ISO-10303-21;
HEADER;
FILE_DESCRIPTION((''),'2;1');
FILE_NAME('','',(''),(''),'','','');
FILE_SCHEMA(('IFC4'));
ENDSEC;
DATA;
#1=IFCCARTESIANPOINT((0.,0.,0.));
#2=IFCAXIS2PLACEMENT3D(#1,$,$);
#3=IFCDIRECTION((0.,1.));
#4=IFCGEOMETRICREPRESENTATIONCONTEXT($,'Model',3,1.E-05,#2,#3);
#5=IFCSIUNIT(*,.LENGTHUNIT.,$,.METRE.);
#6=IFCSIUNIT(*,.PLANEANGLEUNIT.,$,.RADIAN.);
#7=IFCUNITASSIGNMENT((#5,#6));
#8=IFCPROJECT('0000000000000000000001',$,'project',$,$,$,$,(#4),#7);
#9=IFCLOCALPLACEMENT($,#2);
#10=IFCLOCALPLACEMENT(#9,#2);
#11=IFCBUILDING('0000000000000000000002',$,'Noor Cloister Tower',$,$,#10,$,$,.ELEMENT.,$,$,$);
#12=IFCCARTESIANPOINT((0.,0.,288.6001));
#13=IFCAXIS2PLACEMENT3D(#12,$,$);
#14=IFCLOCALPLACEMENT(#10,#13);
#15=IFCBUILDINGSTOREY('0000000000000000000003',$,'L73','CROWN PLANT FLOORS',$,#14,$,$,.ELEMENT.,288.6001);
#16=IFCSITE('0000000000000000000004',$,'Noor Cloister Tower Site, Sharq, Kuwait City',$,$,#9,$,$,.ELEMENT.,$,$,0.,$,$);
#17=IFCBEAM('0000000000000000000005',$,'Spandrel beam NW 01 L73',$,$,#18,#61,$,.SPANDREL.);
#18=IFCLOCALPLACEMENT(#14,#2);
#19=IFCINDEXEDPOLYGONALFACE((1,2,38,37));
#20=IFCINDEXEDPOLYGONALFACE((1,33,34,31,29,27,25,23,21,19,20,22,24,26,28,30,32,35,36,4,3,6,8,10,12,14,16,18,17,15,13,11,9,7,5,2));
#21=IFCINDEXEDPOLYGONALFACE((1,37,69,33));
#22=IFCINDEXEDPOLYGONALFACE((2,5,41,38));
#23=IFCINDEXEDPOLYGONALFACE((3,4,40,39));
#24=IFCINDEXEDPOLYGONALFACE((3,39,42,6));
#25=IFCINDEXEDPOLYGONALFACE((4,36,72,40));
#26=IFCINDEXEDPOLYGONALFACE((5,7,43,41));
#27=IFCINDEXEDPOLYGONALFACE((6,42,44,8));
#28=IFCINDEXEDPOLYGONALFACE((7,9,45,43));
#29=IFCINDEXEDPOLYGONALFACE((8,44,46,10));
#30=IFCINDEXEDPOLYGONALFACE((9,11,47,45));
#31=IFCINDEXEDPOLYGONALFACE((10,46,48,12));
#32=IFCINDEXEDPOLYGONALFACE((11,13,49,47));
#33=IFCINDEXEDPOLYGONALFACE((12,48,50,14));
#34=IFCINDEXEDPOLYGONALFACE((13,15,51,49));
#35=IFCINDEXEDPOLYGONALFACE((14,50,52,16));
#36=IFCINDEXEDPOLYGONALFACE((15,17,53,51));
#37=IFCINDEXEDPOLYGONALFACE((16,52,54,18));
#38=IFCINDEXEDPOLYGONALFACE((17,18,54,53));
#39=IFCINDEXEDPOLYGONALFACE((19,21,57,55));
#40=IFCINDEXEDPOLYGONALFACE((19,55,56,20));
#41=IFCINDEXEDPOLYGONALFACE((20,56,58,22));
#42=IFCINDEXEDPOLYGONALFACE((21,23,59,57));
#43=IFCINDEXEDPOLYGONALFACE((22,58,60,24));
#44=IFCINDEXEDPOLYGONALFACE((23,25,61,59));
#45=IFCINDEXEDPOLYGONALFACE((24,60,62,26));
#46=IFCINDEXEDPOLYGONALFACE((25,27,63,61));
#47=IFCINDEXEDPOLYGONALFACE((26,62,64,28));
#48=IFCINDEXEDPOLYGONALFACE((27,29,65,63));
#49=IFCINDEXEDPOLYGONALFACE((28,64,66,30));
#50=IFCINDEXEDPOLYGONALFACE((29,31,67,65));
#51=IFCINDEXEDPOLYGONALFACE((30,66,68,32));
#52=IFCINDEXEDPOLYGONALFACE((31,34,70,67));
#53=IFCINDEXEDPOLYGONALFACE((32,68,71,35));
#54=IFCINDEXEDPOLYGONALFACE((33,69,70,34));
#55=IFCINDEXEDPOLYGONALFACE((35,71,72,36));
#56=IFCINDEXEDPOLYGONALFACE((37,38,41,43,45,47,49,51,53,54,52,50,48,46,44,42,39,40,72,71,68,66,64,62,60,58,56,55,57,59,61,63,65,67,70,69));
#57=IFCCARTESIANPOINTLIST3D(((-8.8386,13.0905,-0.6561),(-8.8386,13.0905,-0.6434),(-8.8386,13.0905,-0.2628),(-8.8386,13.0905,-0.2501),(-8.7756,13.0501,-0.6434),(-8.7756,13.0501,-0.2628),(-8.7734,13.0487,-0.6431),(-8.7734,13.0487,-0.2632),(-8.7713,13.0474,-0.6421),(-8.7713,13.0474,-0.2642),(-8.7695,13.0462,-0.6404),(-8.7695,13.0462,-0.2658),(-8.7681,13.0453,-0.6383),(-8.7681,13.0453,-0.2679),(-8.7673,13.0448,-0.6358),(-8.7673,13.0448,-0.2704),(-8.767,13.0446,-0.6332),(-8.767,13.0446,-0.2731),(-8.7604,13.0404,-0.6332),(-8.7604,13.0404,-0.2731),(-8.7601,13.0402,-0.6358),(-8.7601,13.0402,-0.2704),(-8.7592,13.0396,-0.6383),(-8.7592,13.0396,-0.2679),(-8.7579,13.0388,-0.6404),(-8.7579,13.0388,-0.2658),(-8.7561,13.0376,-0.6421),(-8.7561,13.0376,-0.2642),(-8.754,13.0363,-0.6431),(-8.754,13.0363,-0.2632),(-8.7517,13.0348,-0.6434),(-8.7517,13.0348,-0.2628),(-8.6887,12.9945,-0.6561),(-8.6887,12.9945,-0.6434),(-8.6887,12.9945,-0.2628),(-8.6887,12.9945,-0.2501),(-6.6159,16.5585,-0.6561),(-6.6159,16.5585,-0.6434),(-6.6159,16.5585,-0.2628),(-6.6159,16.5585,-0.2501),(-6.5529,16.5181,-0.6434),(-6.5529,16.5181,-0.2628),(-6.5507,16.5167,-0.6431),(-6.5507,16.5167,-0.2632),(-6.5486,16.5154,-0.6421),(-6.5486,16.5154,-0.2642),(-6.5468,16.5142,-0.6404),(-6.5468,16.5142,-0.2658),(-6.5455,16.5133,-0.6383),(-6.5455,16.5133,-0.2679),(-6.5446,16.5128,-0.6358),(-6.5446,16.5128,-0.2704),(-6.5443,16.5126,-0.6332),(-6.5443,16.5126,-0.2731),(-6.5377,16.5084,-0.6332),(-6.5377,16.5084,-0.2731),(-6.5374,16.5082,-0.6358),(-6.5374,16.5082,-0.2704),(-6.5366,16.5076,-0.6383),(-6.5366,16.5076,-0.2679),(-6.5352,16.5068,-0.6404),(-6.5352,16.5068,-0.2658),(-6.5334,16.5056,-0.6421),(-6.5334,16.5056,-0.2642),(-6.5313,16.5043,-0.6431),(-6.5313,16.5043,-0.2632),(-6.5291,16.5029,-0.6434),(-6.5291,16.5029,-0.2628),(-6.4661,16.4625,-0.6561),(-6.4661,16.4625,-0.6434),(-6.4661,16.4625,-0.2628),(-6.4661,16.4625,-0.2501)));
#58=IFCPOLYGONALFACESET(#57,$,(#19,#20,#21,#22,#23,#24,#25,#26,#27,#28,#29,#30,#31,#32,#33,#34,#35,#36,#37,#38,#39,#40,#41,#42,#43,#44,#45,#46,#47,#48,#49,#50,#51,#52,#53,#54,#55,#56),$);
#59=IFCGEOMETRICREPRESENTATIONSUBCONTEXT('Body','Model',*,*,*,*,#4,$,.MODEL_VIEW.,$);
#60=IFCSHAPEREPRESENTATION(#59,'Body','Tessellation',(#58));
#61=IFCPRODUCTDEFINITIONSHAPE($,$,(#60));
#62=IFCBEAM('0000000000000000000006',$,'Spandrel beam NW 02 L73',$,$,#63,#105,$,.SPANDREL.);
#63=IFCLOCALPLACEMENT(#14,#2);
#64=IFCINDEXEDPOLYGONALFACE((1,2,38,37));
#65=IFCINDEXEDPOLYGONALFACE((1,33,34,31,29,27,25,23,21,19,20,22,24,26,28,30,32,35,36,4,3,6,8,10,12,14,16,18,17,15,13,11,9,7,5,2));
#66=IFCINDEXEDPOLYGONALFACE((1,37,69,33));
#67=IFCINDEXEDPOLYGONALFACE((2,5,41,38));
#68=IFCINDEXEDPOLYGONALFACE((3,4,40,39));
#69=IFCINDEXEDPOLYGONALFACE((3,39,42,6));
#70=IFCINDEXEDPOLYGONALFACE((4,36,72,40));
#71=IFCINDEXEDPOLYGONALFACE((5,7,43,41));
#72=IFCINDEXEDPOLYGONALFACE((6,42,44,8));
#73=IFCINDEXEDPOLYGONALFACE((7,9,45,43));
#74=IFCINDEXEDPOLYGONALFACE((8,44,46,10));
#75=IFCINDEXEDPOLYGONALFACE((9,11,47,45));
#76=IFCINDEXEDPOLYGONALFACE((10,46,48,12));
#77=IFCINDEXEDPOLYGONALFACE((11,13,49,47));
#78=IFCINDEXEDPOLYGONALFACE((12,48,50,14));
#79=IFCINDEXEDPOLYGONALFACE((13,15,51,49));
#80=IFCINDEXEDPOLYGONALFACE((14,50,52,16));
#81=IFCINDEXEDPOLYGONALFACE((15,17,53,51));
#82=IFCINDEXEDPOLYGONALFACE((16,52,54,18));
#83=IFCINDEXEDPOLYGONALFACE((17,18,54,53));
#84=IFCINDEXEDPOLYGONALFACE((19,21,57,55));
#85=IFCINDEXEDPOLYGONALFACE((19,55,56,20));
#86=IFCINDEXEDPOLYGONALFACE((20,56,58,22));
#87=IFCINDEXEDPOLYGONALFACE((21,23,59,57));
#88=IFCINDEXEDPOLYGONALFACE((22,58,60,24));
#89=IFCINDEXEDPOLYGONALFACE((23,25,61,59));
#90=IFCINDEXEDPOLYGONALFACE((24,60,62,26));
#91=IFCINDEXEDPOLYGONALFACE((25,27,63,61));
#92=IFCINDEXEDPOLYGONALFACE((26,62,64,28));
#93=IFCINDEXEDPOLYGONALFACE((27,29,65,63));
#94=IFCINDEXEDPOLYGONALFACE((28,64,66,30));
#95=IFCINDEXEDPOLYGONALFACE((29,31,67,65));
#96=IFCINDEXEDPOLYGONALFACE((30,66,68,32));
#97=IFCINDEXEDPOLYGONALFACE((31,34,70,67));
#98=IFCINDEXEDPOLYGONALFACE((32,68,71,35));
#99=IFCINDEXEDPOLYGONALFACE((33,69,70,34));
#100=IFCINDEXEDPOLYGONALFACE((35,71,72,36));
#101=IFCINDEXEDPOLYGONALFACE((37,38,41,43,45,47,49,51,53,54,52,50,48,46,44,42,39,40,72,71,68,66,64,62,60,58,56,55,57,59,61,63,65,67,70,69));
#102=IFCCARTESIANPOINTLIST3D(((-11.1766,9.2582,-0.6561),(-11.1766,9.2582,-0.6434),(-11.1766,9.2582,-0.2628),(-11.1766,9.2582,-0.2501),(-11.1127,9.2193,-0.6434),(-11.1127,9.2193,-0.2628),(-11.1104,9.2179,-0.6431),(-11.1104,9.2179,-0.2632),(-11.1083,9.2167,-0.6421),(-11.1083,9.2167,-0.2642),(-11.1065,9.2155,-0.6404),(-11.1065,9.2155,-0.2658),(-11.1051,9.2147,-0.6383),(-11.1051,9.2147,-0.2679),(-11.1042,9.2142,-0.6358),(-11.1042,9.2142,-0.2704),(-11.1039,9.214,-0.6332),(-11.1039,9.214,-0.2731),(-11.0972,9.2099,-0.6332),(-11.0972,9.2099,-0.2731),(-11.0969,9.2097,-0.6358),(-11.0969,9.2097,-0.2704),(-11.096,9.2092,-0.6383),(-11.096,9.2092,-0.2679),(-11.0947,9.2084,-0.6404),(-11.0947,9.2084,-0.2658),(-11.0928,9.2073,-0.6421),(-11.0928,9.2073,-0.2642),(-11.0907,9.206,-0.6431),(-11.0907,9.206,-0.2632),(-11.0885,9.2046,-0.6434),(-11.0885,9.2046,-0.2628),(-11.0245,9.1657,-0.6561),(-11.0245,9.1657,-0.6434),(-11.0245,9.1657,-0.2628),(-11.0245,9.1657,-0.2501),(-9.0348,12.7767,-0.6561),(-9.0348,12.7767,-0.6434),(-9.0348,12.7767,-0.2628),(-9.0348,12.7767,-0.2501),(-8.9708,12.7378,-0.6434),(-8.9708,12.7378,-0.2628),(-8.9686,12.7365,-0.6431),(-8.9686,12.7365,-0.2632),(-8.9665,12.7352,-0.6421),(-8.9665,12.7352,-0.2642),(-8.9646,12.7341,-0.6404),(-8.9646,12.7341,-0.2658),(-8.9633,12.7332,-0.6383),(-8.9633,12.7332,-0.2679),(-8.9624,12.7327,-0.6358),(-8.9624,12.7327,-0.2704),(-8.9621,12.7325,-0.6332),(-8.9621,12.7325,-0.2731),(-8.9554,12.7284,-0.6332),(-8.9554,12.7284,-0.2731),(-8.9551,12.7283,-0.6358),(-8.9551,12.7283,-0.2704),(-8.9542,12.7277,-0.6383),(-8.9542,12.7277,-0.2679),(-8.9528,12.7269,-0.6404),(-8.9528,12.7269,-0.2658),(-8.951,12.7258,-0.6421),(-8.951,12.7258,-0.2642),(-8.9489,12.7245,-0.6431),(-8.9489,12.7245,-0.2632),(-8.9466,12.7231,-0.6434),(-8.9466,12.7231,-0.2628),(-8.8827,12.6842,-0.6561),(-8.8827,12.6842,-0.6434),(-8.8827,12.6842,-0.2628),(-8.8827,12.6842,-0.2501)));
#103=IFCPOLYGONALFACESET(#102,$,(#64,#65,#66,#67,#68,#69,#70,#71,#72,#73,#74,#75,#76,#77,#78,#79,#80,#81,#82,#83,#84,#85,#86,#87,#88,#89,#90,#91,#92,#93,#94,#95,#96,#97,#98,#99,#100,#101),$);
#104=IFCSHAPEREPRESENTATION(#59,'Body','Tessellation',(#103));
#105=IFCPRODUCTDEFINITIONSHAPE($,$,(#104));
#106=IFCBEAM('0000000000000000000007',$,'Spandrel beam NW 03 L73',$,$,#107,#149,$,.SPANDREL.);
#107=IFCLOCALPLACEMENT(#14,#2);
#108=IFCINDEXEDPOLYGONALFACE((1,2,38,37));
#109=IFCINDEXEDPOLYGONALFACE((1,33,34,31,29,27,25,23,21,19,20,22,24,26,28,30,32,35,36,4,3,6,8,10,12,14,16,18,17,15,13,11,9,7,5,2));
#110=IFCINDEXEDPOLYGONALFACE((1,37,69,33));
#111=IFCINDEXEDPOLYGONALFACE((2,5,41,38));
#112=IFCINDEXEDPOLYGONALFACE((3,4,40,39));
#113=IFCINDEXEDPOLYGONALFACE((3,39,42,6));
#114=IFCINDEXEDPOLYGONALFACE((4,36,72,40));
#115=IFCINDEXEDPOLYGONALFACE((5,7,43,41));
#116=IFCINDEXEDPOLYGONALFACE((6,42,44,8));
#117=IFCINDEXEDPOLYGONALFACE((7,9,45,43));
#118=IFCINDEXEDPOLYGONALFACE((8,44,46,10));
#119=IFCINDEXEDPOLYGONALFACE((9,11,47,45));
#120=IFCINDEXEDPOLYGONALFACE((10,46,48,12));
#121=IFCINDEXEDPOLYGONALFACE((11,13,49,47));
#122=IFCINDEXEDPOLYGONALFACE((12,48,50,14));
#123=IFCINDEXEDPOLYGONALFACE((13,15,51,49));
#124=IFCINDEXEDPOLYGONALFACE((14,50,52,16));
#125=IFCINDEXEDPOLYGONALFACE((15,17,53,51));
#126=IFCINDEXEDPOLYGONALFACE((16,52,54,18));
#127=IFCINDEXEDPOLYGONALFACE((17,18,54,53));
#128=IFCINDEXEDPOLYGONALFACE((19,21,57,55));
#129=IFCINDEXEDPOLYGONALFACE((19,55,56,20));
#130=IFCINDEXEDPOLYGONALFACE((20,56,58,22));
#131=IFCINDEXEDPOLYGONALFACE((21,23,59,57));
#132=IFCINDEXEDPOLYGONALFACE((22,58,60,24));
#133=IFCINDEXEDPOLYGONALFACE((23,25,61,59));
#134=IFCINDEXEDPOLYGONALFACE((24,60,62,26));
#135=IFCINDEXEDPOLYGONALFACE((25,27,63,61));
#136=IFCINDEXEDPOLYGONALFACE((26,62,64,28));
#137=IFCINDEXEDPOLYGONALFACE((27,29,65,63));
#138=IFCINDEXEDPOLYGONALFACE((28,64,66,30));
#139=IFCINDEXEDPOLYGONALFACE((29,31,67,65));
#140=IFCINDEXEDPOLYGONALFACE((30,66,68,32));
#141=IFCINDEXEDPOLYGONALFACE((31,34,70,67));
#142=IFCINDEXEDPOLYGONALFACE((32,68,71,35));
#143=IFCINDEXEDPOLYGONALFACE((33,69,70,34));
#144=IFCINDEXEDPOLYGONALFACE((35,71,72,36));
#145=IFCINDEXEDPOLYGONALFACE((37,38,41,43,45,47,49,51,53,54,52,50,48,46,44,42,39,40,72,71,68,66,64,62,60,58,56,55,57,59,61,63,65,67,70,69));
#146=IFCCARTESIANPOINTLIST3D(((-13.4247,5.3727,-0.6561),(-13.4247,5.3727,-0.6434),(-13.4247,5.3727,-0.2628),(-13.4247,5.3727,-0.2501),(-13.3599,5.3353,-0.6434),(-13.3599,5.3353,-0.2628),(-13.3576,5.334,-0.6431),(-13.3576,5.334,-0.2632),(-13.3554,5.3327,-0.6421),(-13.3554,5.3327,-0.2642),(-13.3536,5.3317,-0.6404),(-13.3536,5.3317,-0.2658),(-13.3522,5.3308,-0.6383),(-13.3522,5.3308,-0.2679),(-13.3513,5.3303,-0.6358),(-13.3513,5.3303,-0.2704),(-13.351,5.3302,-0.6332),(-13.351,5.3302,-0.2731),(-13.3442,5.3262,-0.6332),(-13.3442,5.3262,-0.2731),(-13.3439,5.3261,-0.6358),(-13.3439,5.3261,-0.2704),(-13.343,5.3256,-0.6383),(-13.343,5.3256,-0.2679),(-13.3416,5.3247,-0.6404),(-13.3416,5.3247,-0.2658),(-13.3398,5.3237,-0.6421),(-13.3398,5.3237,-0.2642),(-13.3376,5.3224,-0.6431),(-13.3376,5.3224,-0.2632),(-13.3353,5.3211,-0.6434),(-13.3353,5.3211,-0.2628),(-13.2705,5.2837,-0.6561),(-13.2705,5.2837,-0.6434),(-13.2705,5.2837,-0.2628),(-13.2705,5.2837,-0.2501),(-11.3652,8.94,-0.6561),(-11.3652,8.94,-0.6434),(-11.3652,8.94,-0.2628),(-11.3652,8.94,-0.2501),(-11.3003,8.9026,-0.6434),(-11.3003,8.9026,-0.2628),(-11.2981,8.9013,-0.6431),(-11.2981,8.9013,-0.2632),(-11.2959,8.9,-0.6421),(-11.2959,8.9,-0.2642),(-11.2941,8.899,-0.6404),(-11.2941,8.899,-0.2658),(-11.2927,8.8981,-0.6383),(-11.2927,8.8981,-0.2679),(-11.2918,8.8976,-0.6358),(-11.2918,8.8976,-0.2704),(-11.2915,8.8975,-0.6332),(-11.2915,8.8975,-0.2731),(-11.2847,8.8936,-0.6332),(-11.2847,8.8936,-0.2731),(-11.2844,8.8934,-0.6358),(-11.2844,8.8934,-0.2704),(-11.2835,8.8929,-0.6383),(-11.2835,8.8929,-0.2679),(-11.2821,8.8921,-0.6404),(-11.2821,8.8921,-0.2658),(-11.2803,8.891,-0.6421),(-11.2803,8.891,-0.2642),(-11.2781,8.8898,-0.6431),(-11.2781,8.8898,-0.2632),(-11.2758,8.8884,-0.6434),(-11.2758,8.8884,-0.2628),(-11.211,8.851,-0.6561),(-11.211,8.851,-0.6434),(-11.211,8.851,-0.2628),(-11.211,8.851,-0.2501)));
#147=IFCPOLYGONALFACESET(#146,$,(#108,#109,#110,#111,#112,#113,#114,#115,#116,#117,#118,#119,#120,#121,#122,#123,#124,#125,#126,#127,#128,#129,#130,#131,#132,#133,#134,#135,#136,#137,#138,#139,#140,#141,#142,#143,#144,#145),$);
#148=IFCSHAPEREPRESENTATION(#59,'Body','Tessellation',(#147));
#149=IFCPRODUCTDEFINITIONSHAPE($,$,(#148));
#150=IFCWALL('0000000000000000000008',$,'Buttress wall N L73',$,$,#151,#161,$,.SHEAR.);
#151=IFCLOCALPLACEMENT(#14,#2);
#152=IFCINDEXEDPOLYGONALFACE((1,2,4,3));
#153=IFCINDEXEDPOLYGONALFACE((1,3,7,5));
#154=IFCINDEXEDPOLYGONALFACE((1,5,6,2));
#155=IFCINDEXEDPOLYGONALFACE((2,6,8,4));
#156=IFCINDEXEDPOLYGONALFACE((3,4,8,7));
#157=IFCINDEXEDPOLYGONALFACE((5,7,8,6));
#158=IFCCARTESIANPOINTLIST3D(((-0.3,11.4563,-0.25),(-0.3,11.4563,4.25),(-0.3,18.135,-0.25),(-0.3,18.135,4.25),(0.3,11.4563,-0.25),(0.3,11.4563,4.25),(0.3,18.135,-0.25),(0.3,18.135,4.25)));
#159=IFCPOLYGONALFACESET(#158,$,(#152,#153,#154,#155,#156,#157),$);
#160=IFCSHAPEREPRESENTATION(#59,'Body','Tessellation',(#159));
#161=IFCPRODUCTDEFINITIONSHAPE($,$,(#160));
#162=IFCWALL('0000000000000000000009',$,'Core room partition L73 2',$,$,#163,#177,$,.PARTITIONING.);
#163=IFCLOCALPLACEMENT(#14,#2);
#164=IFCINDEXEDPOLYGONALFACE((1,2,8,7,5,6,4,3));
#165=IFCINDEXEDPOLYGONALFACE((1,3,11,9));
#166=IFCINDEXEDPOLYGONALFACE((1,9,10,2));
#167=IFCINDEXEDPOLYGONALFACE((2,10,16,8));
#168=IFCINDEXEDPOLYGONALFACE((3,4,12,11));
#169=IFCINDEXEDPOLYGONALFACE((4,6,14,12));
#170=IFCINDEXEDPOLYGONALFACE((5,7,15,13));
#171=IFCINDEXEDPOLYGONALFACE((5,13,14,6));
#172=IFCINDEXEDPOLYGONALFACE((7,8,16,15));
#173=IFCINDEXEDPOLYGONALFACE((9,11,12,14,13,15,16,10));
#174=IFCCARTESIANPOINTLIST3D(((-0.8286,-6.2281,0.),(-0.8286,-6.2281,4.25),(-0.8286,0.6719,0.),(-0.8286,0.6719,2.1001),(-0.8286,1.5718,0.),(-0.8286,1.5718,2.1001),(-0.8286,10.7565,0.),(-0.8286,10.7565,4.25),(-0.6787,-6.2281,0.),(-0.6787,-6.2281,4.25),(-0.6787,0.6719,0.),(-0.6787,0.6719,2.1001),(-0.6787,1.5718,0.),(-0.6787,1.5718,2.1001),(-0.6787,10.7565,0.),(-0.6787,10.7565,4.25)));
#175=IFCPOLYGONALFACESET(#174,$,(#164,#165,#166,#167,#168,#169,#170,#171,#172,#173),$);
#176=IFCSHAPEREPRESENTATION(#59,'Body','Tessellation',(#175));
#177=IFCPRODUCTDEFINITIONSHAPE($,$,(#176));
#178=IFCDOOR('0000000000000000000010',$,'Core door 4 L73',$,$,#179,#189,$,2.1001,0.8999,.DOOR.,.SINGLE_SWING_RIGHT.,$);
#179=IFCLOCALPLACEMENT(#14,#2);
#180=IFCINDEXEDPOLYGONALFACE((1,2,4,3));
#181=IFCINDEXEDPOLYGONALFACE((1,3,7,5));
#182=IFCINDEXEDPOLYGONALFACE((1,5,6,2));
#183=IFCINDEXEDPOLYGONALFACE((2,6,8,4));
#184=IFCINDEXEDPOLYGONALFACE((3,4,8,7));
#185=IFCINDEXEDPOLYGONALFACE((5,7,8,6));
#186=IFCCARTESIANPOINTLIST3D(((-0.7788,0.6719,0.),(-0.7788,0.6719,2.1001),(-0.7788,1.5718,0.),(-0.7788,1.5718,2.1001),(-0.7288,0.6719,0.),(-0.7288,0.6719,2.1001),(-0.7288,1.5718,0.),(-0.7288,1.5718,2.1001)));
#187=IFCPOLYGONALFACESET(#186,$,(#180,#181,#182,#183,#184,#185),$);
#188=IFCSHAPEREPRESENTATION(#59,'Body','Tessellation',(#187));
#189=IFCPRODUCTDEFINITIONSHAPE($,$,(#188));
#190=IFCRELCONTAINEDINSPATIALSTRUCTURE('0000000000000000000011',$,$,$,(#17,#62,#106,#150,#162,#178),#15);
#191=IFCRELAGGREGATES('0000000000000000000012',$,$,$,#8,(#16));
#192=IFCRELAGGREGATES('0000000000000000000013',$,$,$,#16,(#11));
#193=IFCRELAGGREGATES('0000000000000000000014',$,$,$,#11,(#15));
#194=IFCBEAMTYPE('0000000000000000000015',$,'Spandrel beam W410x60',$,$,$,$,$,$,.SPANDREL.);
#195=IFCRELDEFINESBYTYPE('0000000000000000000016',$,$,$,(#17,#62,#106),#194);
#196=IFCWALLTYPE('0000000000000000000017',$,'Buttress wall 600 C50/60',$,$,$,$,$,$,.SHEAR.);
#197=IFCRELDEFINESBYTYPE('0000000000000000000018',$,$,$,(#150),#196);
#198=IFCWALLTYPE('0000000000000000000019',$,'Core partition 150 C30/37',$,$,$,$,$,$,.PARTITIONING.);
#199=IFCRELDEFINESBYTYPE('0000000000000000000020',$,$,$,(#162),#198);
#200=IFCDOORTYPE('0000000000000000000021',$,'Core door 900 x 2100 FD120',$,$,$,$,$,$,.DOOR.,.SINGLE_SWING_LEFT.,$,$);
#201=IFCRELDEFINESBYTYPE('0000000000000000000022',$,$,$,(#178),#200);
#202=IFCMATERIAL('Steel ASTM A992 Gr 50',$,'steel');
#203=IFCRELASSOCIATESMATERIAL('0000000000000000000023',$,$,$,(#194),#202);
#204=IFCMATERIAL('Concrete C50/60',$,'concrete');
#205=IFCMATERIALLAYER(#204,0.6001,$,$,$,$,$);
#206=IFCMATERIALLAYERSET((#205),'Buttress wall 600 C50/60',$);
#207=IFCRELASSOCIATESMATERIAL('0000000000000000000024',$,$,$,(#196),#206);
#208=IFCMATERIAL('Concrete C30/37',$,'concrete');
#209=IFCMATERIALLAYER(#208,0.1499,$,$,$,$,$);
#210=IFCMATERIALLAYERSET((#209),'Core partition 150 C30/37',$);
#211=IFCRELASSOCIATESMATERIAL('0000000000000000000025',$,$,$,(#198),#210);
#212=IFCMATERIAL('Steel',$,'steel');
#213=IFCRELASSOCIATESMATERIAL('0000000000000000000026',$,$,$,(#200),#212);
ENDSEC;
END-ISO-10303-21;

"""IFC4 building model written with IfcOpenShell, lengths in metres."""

from ifc_helpers import new_model, si_unit, direction, frame, frame_2d, origin, origin_2d, place, context, subcontext, project, spatial, rectangle, i_section, extrude, material, layer, layer_set, material_profile, profile_set, type_object, element, fill, save


model = new_model("IFC4")

# Units and contexts
model_context = context("Model", 3, precision=1e-05, world=origin(), true_north=direction((0.0, 1.0)))
body_context = subcontext(model_context, "Body", "Model", "MODEL_VIEW")
ifc_project = project(units=[si_unit("LENGTHUNIT", "METRE"), si_unit("PLANEANGLEUNIT", "RADIAN")], contexts=[model_context])

# Site, building, storey
site_placement = place(None, origin())
site = spatial("IfcSite", under=ifc_project, at=site_placement, Name="Noor Cloister Tower Site, Sharq, Kuwait City", CompositionType="ELEMENT", RefElevation=0.0)
building_placement = place(site_placement, origin())
building = spatial("IfcBuilding", under=site, at=building_placement, Name="Noor Cloister Tower", CompositionType="ELEMENT")
storey_placement = place(building_placement, frame((0.0, 0.0, 288.6001)))
storey = spatial("IfcBuildingStorey", under=building, at=storey_placement, Name="L73", Description="CROWN PLANT FLOORS", CompositionType="ELEMENT", Elevation=288.6001)

# Beams
ifc_material_1 = material(Name="Steel ASTM A992 Gr 50", Category="steel")
ifc_material_profile_1 = material_profile(ifc_material_1, i_section(OverallWidth=0.178, OverallDepth=0.406, WebThickness=0.0078, FlangeThickness=0.0127, FilletRadius=0.0103, at=origin_2d()), Name="W410x60")
ifc_profile_set_1 = profile_set([ifc_material_profile_1], Name="Steel ASTM A992 Gr 50")
beam_type_1 = type_object("IfcBeamType", Name="Spandrel beam W410x60", PredefinedType="SPANDREL", material=ifc_profile_set_1)
for number, where, z_axis, x_axis, name in (
    (1, (-6.541, 16.5105, -0.4531), (-0.539592, -0.841927, 0.0), (0.841927, -0.539592, 0.0), "Spandrel beam NW 01 L73"),
    (2, (-8.9587, 12.7305, -0.4531), (-0.519968, -0.854186, 0.0), (0.854186, -0.519968, 0.0), "Spandrel beam NW 02 L73"),
    (3, (-11.2881, 8.8955, -0.4531), (-0.499989, -0.866032, 0.0), (0.866032, -0.499989, 0.0), "Spandrel beam NW 03 L73"),
):
    element("IfcBeam", number, at=place(storey_placement, frame(where, z_axis=z_axis, x_axis=x_axis)), inside=storey, type_object=beam_type_1, Name=name, PredefinedType="SPANDREL", context=body_context, shape_type="SweptSolid", body=[
        extrude(i_section(OverallWidth=0.178, OverallDepth=0.406, WebThickness=0.0078, FlangeThickness=0.0127, FilletRadius=0.0103, at=origin_2d()), origin(), (0.0, 0.0, 1.0), 4.1191),
    ])

# Wall
ifc_material_2 = material(Name="Concrete C50/60", Category="concrete")
ifc_layer_1 = layer(ifc_material_2, 0.6001)
ifc_layer_set_1 = layer_set([ifc_layer_1], Name="Buttress wall 600 C50/60")
wall_type_1 = type_object("IfcWallType", Name="Buttress wall 600 C50/60", PredefinedType="SHEAR", material=ifc_layer_set_1)
wall_1_placement = place(storey_placement, frame((0.0, 11.4563, -0.25), z_axis=(0.0, 0.0, 1.0), x_axis=(0.0, 1.0, 0.0)))
element("IfcWall", 4, at=wall_1_placement, inside=storey, type_object=wall_type_1, Name="Buttress wall N L73", PredefinedType="SHEAR", context=body_context, shape_type="SweptSolid", body=[
    extrude(rectangle(XDim=6.6787, YDim=0.6001, at=frame_2d((3.3394, 0.0))), origin(), (0.0, 0.0, 1.0), 4.5),
])

# Wall, opening, door
ifc_material_3 = material(Name="Concrete C30/37", Category="concrete")
ifc_layer_2 = layer(ifc_material_3, 0.1499)
ifc_layer_set_2 = layer_set([ifc_layer_2], Name="Core partition 150 C30/37")
wall_type_2 = type_object("IfcWallType", Name="Core partition 150 C30/37", PredefinedType="PARTITIONING", material=ifc_layer_set_2)
wall_2_placement = place(storey_placement, frame((-0.7537, 10.7563, 0.0), z_axis=(0.0, 0.0, 1.0), x_axis=(0.0, -1.0, 0.0)))
wall_2 = element("IfcWall", 5, at=wall_2_placement, inside=storey, type_object=wall_type_2, Name="Core room partition L73 2", PredefinedType="PARTITIONING", context=body_context, shape_type="SweptSolid", body=[
    extrude(rectangle(XDim=16.9846, YDim=0.1499, at=frame_2d((8.4922, 0.0))), origin(), (0.0, 0.0, 1.0), 4.25),
])
opening_1_placement = place(wall_2_placement, frame((9.1846, 0.0, 0.0)))
opening_1 = element("IfcOpeningElement", 6, at=opening_1_placement, cuts=wall_2, PredefinedType="OPENING", context=body_context, shape_type="SweptSolid", body=[
    extrude(rectangle(XDim=0.8999, YDim=2.1001, at=frame_2d((0.45, 1.05))), frame((0.0, 0.085, 0.0), z_axis=(0.0, -1.0, 0.0), x_axis=(1.0, 0.0, 0.0)), (0.0, 0.0, 1.0), 0.1699),
])
ifc_material_4 = material(Name="Steel", Category="steel")
door_type_1 = type_object("IfcDoorType", Name="Core door 900 x 2100 FD120", OperationType="SINGLE_SWING_LEFT", PredefinedType="DOOR", material=ifc_material_4)
door_1_placement = place(opening_1_placement, origin())
door_1 = element("IfcDoor", 7, at=door_1_placement, inside=storey, type_object=door_type_1, Name="Core door 4 L73", OperationType="SINGLE_SWING_RIGHT", OverallHeight=2.1001, OverallWidth=0.8999, PredefinedType="DOOR", context=body_context, shape_type="SweptSolid", body=[
    extrude(rectangle(XDim=0.8999, YDim=2.1001, at=frame_2d((0.45, 1.05))), frame((0.0, 0.0249, 0.0), z_axis=(0.0, -1.0, 0.0), x_axis=(1.0, 0.0, 0.0)), (0.0, 0.0, 1.0), 0.05),
])
fill(opening_1, door_1)

save(model, "model.ifc")
